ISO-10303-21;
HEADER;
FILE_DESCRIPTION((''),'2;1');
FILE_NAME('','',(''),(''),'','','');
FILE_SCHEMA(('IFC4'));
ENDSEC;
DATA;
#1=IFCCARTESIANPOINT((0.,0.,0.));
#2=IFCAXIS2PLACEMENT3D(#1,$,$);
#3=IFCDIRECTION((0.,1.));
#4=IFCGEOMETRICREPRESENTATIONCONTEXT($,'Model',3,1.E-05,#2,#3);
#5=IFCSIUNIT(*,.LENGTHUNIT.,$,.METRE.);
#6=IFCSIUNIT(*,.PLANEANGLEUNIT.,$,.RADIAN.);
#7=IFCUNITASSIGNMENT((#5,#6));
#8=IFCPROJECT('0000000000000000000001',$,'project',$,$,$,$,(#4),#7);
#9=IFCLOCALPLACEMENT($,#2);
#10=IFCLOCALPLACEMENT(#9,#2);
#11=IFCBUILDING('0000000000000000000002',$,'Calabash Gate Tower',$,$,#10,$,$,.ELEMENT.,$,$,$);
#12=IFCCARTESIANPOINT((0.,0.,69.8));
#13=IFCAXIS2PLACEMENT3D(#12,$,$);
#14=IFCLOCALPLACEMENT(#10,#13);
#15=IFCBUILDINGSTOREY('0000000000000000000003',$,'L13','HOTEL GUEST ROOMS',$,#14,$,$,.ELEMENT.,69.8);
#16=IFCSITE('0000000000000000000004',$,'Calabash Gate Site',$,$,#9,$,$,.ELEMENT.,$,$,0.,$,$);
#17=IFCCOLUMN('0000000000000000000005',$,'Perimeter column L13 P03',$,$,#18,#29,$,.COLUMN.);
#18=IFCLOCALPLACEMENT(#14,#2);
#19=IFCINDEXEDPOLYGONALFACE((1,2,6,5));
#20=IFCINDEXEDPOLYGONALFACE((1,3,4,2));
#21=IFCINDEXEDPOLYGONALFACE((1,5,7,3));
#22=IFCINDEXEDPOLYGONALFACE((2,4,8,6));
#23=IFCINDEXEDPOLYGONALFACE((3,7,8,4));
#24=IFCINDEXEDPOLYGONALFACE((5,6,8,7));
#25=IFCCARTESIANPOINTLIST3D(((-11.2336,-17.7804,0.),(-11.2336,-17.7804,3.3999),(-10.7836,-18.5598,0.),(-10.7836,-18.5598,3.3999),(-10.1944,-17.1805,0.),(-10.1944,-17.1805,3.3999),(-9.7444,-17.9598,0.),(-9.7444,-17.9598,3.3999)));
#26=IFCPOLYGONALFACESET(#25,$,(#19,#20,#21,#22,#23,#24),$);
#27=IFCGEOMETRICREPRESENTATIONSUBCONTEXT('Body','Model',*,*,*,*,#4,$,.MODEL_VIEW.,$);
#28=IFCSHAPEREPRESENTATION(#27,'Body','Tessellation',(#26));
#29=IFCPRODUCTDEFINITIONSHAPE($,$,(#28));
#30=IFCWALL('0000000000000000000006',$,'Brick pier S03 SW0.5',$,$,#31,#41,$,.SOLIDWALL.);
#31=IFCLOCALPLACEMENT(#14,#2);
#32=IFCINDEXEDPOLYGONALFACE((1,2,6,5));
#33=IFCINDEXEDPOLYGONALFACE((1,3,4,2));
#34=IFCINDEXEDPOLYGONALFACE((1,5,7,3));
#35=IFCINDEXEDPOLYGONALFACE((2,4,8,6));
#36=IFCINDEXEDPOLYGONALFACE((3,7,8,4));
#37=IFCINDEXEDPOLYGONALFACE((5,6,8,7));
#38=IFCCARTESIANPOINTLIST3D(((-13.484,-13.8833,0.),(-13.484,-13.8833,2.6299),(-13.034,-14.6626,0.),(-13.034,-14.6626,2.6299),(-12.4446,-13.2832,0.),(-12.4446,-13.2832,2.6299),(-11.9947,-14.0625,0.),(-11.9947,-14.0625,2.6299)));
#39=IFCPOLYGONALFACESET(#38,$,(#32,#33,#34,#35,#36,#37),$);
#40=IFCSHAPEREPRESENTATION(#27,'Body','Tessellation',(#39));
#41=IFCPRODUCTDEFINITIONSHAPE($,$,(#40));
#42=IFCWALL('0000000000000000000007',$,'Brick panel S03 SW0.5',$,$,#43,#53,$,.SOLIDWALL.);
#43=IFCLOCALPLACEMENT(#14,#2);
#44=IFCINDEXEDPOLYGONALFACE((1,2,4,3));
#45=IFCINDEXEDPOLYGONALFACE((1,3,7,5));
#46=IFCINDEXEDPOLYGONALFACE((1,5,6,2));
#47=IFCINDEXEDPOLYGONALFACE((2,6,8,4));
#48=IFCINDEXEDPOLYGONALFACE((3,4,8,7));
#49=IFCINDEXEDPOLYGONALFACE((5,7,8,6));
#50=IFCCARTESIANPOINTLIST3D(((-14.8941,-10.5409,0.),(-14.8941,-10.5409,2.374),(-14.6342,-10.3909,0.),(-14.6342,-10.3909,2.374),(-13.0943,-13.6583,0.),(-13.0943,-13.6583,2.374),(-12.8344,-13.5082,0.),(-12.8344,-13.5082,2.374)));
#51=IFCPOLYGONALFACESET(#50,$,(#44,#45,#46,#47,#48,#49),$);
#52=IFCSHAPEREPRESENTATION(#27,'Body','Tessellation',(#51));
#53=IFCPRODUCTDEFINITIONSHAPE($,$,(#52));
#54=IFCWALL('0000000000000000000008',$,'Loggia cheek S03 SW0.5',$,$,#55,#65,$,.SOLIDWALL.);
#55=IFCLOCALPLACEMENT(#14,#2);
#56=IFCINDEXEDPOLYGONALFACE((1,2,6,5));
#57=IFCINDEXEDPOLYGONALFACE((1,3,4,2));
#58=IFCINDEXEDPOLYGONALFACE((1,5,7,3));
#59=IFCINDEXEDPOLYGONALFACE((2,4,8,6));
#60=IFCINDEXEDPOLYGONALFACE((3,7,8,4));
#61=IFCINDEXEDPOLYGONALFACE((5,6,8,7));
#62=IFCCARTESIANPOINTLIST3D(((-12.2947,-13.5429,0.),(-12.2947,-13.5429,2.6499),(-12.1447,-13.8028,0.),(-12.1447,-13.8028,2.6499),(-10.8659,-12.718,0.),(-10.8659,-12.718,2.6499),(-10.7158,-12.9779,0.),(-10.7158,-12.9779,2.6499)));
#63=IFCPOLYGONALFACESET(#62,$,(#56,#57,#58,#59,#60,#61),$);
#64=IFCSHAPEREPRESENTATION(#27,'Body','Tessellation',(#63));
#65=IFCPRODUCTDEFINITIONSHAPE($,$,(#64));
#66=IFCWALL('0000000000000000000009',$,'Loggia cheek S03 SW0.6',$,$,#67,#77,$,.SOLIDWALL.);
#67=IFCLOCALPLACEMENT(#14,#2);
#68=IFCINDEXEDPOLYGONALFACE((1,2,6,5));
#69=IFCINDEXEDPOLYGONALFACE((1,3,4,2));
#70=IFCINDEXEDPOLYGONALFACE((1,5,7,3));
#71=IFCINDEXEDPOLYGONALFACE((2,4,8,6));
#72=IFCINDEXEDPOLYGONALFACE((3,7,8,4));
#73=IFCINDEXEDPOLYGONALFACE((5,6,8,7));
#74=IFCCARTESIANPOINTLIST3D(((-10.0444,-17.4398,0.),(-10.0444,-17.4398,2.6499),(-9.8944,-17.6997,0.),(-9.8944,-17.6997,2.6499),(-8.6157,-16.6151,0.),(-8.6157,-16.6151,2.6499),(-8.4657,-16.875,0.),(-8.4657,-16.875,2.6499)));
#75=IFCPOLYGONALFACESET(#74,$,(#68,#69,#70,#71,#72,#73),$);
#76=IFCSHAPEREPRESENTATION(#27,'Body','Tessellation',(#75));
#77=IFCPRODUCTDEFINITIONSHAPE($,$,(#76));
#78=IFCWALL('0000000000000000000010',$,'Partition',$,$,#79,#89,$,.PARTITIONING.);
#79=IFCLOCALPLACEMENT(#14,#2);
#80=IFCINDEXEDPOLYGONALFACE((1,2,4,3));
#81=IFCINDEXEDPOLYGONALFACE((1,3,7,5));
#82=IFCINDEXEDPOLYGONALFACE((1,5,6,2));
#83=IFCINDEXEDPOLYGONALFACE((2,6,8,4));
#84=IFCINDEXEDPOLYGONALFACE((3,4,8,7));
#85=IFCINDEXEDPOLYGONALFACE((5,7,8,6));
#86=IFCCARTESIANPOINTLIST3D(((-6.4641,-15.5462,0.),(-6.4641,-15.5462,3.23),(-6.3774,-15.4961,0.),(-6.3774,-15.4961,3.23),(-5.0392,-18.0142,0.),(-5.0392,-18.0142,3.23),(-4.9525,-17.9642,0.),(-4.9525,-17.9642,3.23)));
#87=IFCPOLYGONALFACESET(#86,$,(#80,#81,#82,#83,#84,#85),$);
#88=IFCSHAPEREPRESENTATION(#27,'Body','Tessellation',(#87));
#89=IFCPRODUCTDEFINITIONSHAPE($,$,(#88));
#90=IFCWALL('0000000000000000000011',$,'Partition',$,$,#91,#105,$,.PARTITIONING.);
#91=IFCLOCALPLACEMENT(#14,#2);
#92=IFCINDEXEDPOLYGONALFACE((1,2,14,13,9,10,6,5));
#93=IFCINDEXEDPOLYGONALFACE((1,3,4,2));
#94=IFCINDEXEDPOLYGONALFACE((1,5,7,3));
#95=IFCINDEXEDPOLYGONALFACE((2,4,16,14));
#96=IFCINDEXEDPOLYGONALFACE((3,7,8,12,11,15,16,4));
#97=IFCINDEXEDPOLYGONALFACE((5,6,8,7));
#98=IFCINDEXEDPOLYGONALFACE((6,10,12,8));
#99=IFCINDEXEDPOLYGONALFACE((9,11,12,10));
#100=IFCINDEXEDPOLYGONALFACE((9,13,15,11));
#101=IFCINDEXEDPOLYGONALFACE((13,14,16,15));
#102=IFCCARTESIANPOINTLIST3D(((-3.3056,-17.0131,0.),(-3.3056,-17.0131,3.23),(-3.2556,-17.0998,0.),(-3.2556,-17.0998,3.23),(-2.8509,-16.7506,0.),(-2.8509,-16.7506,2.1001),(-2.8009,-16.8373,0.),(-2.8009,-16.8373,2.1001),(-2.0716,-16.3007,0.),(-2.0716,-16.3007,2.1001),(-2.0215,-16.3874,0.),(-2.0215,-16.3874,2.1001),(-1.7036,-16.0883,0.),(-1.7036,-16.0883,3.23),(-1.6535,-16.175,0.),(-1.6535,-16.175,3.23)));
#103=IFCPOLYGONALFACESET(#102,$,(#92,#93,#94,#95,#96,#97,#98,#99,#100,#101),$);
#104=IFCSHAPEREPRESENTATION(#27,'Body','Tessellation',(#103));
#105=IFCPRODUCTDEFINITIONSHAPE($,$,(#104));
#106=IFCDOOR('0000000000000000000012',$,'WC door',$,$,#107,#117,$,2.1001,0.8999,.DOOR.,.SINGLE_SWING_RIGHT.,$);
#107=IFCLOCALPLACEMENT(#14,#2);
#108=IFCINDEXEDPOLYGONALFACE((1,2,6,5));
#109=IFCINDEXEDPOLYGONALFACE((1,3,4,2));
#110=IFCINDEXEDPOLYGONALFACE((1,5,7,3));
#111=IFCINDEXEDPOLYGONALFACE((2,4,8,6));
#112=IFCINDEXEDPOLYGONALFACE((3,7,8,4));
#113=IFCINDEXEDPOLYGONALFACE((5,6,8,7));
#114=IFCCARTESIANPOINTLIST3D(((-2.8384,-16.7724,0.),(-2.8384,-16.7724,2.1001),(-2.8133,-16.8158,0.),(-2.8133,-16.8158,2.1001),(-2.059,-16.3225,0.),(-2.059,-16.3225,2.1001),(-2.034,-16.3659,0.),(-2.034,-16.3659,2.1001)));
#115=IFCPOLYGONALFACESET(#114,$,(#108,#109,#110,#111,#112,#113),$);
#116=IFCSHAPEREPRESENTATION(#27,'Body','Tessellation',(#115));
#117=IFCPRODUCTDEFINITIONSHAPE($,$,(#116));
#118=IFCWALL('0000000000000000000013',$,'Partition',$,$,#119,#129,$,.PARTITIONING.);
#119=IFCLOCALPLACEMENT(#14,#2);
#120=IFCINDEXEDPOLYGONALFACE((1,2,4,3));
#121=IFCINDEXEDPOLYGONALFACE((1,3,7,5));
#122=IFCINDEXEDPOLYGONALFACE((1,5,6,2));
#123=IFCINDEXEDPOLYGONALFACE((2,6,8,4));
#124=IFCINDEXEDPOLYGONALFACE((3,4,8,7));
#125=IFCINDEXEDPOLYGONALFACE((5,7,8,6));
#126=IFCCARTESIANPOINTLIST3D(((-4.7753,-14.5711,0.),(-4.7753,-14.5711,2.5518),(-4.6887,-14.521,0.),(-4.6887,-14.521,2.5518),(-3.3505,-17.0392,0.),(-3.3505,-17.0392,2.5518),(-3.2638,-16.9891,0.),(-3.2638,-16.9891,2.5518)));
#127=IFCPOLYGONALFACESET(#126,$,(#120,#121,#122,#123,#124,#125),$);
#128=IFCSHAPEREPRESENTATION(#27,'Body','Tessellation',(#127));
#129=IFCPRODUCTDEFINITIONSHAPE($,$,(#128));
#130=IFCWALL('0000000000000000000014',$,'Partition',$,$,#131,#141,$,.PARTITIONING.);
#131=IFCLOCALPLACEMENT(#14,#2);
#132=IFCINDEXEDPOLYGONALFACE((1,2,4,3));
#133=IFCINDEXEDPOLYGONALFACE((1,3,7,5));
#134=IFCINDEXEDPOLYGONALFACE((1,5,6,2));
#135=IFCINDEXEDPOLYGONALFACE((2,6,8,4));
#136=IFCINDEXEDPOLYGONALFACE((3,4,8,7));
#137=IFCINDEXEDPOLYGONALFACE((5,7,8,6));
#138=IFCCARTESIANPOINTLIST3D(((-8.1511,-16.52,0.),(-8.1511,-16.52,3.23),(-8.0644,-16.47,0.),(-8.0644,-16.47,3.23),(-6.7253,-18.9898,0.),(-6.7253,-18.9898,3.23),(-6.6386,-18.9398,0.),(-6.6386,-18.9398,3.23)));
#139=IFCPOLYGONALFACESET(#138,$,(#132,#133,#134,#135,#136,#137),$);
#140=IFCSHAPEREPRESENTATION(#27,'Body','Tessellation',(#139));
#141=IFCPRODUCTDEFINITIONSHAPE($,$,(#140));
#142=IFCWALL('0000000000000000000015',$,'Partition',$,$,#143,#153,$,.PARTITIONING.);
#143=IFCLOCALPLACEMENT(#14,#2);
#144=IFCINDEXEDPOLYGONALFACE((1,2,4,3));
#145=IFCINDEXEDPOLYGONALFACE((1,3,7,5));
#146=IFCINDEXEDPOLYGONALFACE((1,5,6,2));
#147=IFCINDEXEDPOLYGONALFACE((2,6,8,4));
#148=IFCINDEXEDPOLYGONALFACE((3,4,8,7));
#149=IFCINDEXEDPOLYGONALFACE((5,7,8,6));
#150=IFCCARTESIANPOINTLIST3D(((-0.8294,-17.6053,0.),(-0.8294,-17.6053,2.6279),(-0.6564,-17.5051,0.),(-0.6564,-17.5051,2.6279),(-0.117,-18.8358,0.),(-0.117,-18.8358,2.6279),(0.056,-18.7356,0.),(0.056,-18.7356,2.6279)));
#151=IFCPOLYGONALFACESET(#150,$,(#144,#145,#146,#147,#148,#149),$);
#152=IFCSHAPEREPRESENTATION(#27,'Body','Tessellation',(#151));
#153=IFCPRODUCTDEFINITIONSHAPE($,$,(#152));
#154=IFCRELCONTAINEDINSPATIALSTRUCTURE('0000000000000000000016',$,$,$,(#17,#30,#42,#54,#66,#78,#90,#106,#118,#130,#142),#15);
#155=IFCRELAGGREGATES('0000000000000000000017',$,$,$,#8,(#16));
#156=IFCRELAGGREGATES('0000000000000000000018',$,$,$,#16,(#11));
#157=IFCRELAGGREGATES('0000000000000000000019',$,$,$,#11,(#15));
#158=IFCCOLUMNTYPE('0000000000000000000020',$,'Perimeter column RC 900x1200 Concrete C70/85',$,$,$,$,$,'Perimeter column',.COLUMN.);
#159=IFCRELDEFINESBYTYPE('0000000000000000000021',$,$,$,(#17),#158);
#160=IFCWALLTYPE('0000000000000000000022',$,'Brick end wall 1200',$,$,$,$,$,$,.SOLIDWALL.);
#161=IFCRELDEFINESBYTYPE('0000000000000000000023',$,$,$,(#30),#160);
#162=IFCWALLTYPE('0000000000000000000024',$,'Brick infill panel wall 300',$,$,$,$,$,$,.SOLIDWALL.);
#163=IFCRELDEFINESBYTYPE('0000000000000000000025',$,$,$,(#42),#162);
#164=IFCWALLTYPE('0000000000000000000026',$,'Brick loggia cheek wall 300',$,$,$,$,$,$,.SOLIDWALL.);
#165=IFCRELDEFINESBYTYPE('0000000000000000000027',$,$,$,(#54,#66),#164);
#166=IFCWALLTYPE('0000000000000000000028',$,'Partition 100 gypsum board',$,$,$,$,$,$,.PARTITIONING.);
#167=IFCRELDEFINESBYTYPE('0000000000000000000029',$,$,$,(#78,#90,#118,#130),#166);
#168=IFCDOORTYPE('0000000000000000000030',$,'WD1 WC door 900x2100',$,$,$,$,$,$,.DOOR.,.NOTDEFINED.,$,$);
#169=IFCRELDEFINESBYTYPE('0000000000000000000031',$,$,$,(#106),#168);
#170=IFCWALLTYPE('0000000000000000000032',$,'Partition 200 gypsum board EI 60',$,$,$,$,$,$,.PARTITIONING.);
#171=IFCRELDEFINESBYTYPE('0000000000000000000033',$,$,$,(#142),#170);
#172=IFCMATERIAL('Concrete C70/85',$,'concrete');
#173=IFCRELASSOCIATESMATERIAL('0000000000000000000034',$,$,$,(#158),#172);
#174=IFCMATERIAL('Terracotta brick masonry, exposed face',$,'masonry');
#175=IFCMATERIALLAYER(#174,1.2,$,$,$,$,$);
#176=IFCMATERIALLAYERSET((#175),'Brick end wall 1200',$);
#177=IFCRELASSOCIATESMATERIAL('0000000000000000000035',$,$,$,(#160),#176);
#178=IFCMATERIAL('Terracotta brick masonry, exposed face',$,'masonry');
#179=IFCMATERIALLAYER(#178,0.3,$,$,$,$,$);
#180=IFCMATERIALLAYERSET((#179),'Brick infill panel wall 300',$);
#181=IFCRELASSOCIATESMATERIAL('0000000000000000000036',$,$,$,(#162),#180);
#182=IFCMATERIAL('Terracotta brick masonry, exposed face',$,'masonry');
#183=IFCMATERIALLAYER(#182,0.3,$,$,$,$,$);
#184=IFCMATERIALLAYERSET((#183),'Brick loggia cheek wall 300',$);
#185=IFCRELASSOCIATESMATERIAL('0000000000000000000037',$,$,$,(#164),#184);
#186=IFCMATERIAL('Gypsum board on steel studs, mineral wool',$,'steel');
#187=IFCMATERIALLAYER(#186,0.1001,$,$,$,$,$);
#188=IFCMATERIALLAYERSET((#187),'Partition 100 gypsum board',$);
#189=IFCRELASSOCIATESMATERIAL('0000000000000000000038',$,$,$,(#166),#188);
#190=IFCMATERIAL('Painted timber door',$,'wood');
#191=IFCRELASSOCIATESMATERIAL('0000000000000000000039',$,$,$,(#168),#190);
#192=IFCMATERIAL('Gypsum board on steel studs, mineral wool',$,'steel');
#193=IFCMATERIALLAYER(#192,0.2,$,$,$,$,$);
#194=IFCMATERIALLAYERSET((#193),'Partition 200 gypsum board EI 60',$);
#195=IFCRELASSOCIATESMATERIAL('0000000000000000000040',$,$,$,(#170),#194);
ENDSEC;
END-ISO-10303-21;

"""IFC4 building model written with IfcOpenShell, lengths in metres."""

from ifc_helpers import new_model, si_unit, direction, frame, frame_2d, origin, origin_2d, place, context, subcontext, project, spatial, rectangle, extrude, material, layer, layer_set, material_profile, profile_set, type_object, element, fill, save


model = new_model("IFC4")

# Units and contexts
model_context = context("Model", 3, precision=1e-05, world=origin(), true_north=direction((0.0, 1.0)))
body_context = subcontext(model_context, "Body", "Model", "MODEL_VIEW")
ifc_project = project(units=[si_unit("LENGTHUNIT", "METRE"), si_unit("PLANEANGLEUNIT", "RADIAN")], contexts=[model_context])

# Site, building, storey
site_placement = place(None, origin())
site = spatial("IfcSite", under=ifc_project, at=site_placement, Name="Calabash Gate Site", CompositionType="ELEMENT", RefElevation=0.0)
building_placement = place(site_placement, origin())
building = spatial("IfcBuilding", under=site, at=building_placement, Name="Calabash Gate Tower", CompositionType="ELEMENT")
storey_placement = place(building_placement, frame((0.0, 0.0, 69.8)))
storey = spatial("IfcBuildingStorey", under=building, at=storey_placement, Name="L13", Description="HOTEL GUEST ROOMS", CompositionType="ELEMENT", Elevation=69.8)

# Column
ifc_material_1 = material(Name="Concrete C70/85", Category="concrete")
ifc_material_profile = material_profile(ifc_material_1, rectangle(XDim=0.8999, YDim=1.2, at=origin_2d()))
ifc_profile_set = profile_set([ifc_material_profile], Name="Concrete C70/85")
column_type = type_object("IfcColumnType", Name="Perimeter column RC 900x1200 Concrete C70/85", ElementType="Perimeter column", PredefinedType="COLUMN", material=ifc_profile_set)
column_placement = place(storey_placement, frame((-10.489, -17.8701, 0.0), z_axis=(0.0, 0.0, 1.0), x_axis=(0.5, -0.866025, 0.0)))
element("IfcColumn", 1, at=column_placement, inside=storey, type_object=column_type, Name="Perimeter column L13 P03", PredefinedType="COLUMN", context=body_context, shape_type="SweptSolid", body=[
    extrude(rectangle(XDim=0.8999, YDim=1.2, at=origin_2d()), origin(), (0.0, 0.0, 1.0), 3.3999),
])

# Walls
ifc_material_2 = material(Name="Terracotta brick masonry, exposed face", Category="masonry")
ifc_layer_1 = layer(ifc_material_2, 1.2)
ifc_layer_set_1 = layer_set([ifc_layer_1], Name="Brick end wall 1200")
wall_type_1 = type_object("IfcWallType", Name="Brick end wall 1200", PredefinedType="SOLIDWALL", material=ifc_layer_set_1)
wall_1_placement = place(storey_placement, frame((-13.259, -14.2729, 0.0), z_axis=(0.0, 0.0, 1.0), x_axis=(0.866006, 0.500034, 0.0)))
element("IfcWall", 2, at=wall_1_placement, inside=storey, type_object=wall_type_1, Name="Brick pier S03 SW0.5", PredefinedType="SOLIDWALL", context=body_context, shape_type="SweptSolid", body=[
    extrude(rectangle(XDim=1.2002, YDim=0.8999, at=frame_2d((0.6001, 0.0))), origin(), (0.0, 0.0, 1.0), 2.6299),
])
ifc_material_3 = material(Name="Terracotta brick masonry, exposed face", Category="masonry")
ifc_layer_2 = layer(ifc_material_3, 0.3)
ifc_layer_set_2 = layer_set([ifc_layer_2], Name="Brick infill panel wall 300")
wall_type_2 = type_object("IfcWallType", Name="Brick infill panel wall 300", PredefinedType="SOLIDWALL", material=ifc_layer_set_2)
wall_2_placement = place(storey_placement, frame((-12.9644, -13.5833, 0.0), z_axis=(0.0, 0.0, 1.0), x_axis=(-0.499991, 0.866031, 0.0)))
element("IfcWall", 3, at=wall_2_placement, inside=storey, type_object=wall_type_2, Name="Brick panel S03 SW0.5", PredefinedType="SOLIDWALL", context=body_context, shape_type="SweptSolid", body=[
    extrude(rectangle(XDim=3.5996, YDim=0.3, at=frame_2d((1.7998, 0.0))), origin(), (0.0, 0.0, 1.0), 2.374),
])
ifc_material_4 = material(Name="Terracotta brick masonry, exposed face", Category="masonry")
ifc_layer_3 = layer(ifc_material_4, 0.3)
ifc_layer_set_3 = layer_set([ifc_layer_3], Name="Brick loggia cheek wall 300")
wall_type_3 = type_object("IfcWallType", Name="Brick loggia cheek wall 300", PredefinedType="SOLIDWALL", material=ifc_layer_set_3)
wall_3_placement = place(storey_placement, frame((-12.2197, -13.6729, 0.0), z_axis=(0.0, 0.0, 1.0), x_axis=(0.86604, 0.499974, 0.0)))
element("IfcWall", 4, at=wall_3_placement, inside=storey, type_object=wall_type_3, Name="Loggia cheek S03 SW0.5", PredefinedType="SOLIDWALL", context=body_context, shape_type="SweptSolid", body=[
    extrude(rectangle(XDim=1.6499, YDim=0.3, at=frame_2d((0.825, 0.0))), origin(), (0.0, 0.0, 1.0), 2.6499),
])
wall_4_placement = place(storey_placement, frame((-8.5408, -16.7451, 0.0), z_axis=(0.0, 0.0, 1.0), x_axis=(-0.866067, -0.499927, 0.0)))
element("IfcWall", 5, at=wall_4_placement, inside=storey, type_object=wall_type_3, Name="Loggia cheek S03 SW0.6", PredefinedType="SOLIDWALL", context=body_context, shape_type="SweptSolid", body=[
    extrude(rectangle(XDim=1.6497, YDim=0.3, at=frame_2d((0.8247, 0.0))), origin(), (0.0, 0.0, 1.0), 2.6499),
])
ifc_material_5 = material(Name="Gypsum board on steel studs, mineral wool", Category="steel")
ifc_layer_4 = layer(ifc_material_5, 0.1001)
ifc_layer_set_4 = layer_set([ifc_layer_4], Name="Partition 100 gypsum board")
wall_type_4 = type_object("IfcWallType", Name="Partition 100 gypsum board", PredefinedType="PARTITIONING", material=ifc_layer_set_4)
wall_5_placement = place(storey_placement, frame((-6.4207, -15.5212, 0.0), z_axis=(0.0, 0.0, 1.0), x_axis=(0.499972, -0.866041, 0.0)))
element("IfcWall", 6, at=wall_5_placement, inside=storey, type_object=wall_type_4, Name="Partition", PredefinedType="PARTITIONING", context=body_context, shape_type="SweptSolid", body=[
    extrude(rectangle(XDim=2.8499, YDim=0.1001, at=frame_2d((1.4248, 0.0))), origin(), (0.0, 0.0, 1.0), 3.23),
])

# Wall, opening, door
wall_6_placement = place(storey_placement, frame((-3.2805, -17.0564, 0.0), z_axis=(0.0, 0.0, 1.0), x_axis=(0.866058, 0.499943, 0.0)))
wall_6 = element("IfcWall", 7, at=wall_6_placement, inside=storey, type_object=wall_type_4, Name="Partition", PredefinedType="PARTITIONING", context=body_context, shape_type="SweptSolid", body=[
    extrude(rectangle(XDim=1.8499, YDim=0.1001, at=frame_2d((0.9248, 0.0))), origin(), (0.0, 0.0, 1.0), 3.23),
])
opening_1_placement = place(wall_6_placement, frame((0.5249, 0.0, 0.0)))
opening_1 = element("IfcOpeningElement", 8, at=opening_1_placement, cuts=wall_6, PredefinedType="OPENING", context=body_context, shape_type="SweptSolid", body=[
    extrude(rectangle(XDim=0.8999, YDim=2.1001, at=frame_2d((0.45, 1.05))), frame((0.0, 0.0601, 0.0), z_axis=(0.0, -1.0, 0.0), x_axis=(1.0, 0.0, 0.0)), (0.0, 0.0, 1.0), 0.1201),
])
ifc_material_6 = material(Name="Painted timber door", Category="wood")
door_type_1 = type_object("IfcDoorType", Name="WD1 WC door 900x2100", OperationType="NOTDEFINED", PredefinedType="DOOR", material=ifc_material_6)
door_1_placement = place(opening_1_placement, origin())
door_1 = element("IfcDoor", 9, at=door_1_placement, inside=storey, type_object=door_type_1, Name="WC door", OperationType="SINGLE_SWING_RIGHT", OverallHeight=2.1001, OverallWidth=0.8999, PredefinedType="DOOR", context=body_context, shape_type="SweptSolid", body=[
    extrude(rectangle(XDim=0.8999, YDim=2.1001, at=frame_2d((0.45, 1.05))), frame((0.0, 0.0249, 0.0), z_axis=(0.0, -1.0, 0.0), x_axis=(1.0, 0.0, 0.0)), (0.0, 0.0, 1.0), 0.05),
])
fill(opening_1, door_1)

# Walls
wall_7_placement = place(storey_placement, frame((-4.7319, -14.5461, 0.0), z_axis=(0.0, 0.0, 1.0), x_axis=(0.499972, -0.866041, 0.0)))
element("IfcWall", 10, at=wall_7_placement, inside=storey, type_object=wall_type_4, Name="Partition", PredefinedType="PARTITIONING", context=body_context, shape_type="SweptSolid", body=[
    extrude(rectangle(XDim=2.8499, YDim=0.1001, at=frame_2d((1.4248, 0.0))), origin(), (0.0, 0.0, 1.0), 2.5518),
])
wall_8_placement = place(storey_placement, frame((-8.1077, -16.4951, 0.0), z_axis=(0.0, 0.0, 1.0), x_axis=(0.499969, -0.866043, 0.0)))
element("IfcWall", 11, at=wall_8_placement, inside=storey, type_object=wall_type_4, Name="Partition", PredefinedType="PARTITIONING", context=body_context, shape_type="SweptSolid", body=[
    extrude(rectangle(XDim=2.8518, YDim=0.1001, at=frame_2d((1.4258, 0.0))), origin(), (0.0, 0.0, 1.0), 3.23),
])
ifc_material_7 = material(Name="Gypsum board on steel studs, mineral wool", Category="steel")
ifc_layer_5 = layer(ifc_material_7, 0.2)
ifc_layer_set_5 = layer_set([ifc_layer_5], Name="Partition 200 gypsum board EI 60")
wall_type_5 = type_object("IfcWallType", Name="Partition 200 gypsum board EI 60", PredefinedType="PARTITIONING", material=ifc_layer_set_5)
wall_9_placement = place(storey_placement, frame((-0.7429, -17.5552, 0.0), z_axis=(0.0, 0.0, 1.0), x_axis=(0.50105, -0.865418, 0.0)))
element("IfcWall", 12, at=wall_9_placement, inside=storey, type_object=wall_type_5, Name="Partition", PredefinedType="PARTITIONING", context=body_context, shape_type="SweptSolid", body=[
    extrude(rectangle(XDim=1.4219, YDim=0.2, at=frame_2d((0.7109, 0.0))), origin(), (0.0, 0.0, 1.0), 2.6279),
])

save(model, "model.ifc")
